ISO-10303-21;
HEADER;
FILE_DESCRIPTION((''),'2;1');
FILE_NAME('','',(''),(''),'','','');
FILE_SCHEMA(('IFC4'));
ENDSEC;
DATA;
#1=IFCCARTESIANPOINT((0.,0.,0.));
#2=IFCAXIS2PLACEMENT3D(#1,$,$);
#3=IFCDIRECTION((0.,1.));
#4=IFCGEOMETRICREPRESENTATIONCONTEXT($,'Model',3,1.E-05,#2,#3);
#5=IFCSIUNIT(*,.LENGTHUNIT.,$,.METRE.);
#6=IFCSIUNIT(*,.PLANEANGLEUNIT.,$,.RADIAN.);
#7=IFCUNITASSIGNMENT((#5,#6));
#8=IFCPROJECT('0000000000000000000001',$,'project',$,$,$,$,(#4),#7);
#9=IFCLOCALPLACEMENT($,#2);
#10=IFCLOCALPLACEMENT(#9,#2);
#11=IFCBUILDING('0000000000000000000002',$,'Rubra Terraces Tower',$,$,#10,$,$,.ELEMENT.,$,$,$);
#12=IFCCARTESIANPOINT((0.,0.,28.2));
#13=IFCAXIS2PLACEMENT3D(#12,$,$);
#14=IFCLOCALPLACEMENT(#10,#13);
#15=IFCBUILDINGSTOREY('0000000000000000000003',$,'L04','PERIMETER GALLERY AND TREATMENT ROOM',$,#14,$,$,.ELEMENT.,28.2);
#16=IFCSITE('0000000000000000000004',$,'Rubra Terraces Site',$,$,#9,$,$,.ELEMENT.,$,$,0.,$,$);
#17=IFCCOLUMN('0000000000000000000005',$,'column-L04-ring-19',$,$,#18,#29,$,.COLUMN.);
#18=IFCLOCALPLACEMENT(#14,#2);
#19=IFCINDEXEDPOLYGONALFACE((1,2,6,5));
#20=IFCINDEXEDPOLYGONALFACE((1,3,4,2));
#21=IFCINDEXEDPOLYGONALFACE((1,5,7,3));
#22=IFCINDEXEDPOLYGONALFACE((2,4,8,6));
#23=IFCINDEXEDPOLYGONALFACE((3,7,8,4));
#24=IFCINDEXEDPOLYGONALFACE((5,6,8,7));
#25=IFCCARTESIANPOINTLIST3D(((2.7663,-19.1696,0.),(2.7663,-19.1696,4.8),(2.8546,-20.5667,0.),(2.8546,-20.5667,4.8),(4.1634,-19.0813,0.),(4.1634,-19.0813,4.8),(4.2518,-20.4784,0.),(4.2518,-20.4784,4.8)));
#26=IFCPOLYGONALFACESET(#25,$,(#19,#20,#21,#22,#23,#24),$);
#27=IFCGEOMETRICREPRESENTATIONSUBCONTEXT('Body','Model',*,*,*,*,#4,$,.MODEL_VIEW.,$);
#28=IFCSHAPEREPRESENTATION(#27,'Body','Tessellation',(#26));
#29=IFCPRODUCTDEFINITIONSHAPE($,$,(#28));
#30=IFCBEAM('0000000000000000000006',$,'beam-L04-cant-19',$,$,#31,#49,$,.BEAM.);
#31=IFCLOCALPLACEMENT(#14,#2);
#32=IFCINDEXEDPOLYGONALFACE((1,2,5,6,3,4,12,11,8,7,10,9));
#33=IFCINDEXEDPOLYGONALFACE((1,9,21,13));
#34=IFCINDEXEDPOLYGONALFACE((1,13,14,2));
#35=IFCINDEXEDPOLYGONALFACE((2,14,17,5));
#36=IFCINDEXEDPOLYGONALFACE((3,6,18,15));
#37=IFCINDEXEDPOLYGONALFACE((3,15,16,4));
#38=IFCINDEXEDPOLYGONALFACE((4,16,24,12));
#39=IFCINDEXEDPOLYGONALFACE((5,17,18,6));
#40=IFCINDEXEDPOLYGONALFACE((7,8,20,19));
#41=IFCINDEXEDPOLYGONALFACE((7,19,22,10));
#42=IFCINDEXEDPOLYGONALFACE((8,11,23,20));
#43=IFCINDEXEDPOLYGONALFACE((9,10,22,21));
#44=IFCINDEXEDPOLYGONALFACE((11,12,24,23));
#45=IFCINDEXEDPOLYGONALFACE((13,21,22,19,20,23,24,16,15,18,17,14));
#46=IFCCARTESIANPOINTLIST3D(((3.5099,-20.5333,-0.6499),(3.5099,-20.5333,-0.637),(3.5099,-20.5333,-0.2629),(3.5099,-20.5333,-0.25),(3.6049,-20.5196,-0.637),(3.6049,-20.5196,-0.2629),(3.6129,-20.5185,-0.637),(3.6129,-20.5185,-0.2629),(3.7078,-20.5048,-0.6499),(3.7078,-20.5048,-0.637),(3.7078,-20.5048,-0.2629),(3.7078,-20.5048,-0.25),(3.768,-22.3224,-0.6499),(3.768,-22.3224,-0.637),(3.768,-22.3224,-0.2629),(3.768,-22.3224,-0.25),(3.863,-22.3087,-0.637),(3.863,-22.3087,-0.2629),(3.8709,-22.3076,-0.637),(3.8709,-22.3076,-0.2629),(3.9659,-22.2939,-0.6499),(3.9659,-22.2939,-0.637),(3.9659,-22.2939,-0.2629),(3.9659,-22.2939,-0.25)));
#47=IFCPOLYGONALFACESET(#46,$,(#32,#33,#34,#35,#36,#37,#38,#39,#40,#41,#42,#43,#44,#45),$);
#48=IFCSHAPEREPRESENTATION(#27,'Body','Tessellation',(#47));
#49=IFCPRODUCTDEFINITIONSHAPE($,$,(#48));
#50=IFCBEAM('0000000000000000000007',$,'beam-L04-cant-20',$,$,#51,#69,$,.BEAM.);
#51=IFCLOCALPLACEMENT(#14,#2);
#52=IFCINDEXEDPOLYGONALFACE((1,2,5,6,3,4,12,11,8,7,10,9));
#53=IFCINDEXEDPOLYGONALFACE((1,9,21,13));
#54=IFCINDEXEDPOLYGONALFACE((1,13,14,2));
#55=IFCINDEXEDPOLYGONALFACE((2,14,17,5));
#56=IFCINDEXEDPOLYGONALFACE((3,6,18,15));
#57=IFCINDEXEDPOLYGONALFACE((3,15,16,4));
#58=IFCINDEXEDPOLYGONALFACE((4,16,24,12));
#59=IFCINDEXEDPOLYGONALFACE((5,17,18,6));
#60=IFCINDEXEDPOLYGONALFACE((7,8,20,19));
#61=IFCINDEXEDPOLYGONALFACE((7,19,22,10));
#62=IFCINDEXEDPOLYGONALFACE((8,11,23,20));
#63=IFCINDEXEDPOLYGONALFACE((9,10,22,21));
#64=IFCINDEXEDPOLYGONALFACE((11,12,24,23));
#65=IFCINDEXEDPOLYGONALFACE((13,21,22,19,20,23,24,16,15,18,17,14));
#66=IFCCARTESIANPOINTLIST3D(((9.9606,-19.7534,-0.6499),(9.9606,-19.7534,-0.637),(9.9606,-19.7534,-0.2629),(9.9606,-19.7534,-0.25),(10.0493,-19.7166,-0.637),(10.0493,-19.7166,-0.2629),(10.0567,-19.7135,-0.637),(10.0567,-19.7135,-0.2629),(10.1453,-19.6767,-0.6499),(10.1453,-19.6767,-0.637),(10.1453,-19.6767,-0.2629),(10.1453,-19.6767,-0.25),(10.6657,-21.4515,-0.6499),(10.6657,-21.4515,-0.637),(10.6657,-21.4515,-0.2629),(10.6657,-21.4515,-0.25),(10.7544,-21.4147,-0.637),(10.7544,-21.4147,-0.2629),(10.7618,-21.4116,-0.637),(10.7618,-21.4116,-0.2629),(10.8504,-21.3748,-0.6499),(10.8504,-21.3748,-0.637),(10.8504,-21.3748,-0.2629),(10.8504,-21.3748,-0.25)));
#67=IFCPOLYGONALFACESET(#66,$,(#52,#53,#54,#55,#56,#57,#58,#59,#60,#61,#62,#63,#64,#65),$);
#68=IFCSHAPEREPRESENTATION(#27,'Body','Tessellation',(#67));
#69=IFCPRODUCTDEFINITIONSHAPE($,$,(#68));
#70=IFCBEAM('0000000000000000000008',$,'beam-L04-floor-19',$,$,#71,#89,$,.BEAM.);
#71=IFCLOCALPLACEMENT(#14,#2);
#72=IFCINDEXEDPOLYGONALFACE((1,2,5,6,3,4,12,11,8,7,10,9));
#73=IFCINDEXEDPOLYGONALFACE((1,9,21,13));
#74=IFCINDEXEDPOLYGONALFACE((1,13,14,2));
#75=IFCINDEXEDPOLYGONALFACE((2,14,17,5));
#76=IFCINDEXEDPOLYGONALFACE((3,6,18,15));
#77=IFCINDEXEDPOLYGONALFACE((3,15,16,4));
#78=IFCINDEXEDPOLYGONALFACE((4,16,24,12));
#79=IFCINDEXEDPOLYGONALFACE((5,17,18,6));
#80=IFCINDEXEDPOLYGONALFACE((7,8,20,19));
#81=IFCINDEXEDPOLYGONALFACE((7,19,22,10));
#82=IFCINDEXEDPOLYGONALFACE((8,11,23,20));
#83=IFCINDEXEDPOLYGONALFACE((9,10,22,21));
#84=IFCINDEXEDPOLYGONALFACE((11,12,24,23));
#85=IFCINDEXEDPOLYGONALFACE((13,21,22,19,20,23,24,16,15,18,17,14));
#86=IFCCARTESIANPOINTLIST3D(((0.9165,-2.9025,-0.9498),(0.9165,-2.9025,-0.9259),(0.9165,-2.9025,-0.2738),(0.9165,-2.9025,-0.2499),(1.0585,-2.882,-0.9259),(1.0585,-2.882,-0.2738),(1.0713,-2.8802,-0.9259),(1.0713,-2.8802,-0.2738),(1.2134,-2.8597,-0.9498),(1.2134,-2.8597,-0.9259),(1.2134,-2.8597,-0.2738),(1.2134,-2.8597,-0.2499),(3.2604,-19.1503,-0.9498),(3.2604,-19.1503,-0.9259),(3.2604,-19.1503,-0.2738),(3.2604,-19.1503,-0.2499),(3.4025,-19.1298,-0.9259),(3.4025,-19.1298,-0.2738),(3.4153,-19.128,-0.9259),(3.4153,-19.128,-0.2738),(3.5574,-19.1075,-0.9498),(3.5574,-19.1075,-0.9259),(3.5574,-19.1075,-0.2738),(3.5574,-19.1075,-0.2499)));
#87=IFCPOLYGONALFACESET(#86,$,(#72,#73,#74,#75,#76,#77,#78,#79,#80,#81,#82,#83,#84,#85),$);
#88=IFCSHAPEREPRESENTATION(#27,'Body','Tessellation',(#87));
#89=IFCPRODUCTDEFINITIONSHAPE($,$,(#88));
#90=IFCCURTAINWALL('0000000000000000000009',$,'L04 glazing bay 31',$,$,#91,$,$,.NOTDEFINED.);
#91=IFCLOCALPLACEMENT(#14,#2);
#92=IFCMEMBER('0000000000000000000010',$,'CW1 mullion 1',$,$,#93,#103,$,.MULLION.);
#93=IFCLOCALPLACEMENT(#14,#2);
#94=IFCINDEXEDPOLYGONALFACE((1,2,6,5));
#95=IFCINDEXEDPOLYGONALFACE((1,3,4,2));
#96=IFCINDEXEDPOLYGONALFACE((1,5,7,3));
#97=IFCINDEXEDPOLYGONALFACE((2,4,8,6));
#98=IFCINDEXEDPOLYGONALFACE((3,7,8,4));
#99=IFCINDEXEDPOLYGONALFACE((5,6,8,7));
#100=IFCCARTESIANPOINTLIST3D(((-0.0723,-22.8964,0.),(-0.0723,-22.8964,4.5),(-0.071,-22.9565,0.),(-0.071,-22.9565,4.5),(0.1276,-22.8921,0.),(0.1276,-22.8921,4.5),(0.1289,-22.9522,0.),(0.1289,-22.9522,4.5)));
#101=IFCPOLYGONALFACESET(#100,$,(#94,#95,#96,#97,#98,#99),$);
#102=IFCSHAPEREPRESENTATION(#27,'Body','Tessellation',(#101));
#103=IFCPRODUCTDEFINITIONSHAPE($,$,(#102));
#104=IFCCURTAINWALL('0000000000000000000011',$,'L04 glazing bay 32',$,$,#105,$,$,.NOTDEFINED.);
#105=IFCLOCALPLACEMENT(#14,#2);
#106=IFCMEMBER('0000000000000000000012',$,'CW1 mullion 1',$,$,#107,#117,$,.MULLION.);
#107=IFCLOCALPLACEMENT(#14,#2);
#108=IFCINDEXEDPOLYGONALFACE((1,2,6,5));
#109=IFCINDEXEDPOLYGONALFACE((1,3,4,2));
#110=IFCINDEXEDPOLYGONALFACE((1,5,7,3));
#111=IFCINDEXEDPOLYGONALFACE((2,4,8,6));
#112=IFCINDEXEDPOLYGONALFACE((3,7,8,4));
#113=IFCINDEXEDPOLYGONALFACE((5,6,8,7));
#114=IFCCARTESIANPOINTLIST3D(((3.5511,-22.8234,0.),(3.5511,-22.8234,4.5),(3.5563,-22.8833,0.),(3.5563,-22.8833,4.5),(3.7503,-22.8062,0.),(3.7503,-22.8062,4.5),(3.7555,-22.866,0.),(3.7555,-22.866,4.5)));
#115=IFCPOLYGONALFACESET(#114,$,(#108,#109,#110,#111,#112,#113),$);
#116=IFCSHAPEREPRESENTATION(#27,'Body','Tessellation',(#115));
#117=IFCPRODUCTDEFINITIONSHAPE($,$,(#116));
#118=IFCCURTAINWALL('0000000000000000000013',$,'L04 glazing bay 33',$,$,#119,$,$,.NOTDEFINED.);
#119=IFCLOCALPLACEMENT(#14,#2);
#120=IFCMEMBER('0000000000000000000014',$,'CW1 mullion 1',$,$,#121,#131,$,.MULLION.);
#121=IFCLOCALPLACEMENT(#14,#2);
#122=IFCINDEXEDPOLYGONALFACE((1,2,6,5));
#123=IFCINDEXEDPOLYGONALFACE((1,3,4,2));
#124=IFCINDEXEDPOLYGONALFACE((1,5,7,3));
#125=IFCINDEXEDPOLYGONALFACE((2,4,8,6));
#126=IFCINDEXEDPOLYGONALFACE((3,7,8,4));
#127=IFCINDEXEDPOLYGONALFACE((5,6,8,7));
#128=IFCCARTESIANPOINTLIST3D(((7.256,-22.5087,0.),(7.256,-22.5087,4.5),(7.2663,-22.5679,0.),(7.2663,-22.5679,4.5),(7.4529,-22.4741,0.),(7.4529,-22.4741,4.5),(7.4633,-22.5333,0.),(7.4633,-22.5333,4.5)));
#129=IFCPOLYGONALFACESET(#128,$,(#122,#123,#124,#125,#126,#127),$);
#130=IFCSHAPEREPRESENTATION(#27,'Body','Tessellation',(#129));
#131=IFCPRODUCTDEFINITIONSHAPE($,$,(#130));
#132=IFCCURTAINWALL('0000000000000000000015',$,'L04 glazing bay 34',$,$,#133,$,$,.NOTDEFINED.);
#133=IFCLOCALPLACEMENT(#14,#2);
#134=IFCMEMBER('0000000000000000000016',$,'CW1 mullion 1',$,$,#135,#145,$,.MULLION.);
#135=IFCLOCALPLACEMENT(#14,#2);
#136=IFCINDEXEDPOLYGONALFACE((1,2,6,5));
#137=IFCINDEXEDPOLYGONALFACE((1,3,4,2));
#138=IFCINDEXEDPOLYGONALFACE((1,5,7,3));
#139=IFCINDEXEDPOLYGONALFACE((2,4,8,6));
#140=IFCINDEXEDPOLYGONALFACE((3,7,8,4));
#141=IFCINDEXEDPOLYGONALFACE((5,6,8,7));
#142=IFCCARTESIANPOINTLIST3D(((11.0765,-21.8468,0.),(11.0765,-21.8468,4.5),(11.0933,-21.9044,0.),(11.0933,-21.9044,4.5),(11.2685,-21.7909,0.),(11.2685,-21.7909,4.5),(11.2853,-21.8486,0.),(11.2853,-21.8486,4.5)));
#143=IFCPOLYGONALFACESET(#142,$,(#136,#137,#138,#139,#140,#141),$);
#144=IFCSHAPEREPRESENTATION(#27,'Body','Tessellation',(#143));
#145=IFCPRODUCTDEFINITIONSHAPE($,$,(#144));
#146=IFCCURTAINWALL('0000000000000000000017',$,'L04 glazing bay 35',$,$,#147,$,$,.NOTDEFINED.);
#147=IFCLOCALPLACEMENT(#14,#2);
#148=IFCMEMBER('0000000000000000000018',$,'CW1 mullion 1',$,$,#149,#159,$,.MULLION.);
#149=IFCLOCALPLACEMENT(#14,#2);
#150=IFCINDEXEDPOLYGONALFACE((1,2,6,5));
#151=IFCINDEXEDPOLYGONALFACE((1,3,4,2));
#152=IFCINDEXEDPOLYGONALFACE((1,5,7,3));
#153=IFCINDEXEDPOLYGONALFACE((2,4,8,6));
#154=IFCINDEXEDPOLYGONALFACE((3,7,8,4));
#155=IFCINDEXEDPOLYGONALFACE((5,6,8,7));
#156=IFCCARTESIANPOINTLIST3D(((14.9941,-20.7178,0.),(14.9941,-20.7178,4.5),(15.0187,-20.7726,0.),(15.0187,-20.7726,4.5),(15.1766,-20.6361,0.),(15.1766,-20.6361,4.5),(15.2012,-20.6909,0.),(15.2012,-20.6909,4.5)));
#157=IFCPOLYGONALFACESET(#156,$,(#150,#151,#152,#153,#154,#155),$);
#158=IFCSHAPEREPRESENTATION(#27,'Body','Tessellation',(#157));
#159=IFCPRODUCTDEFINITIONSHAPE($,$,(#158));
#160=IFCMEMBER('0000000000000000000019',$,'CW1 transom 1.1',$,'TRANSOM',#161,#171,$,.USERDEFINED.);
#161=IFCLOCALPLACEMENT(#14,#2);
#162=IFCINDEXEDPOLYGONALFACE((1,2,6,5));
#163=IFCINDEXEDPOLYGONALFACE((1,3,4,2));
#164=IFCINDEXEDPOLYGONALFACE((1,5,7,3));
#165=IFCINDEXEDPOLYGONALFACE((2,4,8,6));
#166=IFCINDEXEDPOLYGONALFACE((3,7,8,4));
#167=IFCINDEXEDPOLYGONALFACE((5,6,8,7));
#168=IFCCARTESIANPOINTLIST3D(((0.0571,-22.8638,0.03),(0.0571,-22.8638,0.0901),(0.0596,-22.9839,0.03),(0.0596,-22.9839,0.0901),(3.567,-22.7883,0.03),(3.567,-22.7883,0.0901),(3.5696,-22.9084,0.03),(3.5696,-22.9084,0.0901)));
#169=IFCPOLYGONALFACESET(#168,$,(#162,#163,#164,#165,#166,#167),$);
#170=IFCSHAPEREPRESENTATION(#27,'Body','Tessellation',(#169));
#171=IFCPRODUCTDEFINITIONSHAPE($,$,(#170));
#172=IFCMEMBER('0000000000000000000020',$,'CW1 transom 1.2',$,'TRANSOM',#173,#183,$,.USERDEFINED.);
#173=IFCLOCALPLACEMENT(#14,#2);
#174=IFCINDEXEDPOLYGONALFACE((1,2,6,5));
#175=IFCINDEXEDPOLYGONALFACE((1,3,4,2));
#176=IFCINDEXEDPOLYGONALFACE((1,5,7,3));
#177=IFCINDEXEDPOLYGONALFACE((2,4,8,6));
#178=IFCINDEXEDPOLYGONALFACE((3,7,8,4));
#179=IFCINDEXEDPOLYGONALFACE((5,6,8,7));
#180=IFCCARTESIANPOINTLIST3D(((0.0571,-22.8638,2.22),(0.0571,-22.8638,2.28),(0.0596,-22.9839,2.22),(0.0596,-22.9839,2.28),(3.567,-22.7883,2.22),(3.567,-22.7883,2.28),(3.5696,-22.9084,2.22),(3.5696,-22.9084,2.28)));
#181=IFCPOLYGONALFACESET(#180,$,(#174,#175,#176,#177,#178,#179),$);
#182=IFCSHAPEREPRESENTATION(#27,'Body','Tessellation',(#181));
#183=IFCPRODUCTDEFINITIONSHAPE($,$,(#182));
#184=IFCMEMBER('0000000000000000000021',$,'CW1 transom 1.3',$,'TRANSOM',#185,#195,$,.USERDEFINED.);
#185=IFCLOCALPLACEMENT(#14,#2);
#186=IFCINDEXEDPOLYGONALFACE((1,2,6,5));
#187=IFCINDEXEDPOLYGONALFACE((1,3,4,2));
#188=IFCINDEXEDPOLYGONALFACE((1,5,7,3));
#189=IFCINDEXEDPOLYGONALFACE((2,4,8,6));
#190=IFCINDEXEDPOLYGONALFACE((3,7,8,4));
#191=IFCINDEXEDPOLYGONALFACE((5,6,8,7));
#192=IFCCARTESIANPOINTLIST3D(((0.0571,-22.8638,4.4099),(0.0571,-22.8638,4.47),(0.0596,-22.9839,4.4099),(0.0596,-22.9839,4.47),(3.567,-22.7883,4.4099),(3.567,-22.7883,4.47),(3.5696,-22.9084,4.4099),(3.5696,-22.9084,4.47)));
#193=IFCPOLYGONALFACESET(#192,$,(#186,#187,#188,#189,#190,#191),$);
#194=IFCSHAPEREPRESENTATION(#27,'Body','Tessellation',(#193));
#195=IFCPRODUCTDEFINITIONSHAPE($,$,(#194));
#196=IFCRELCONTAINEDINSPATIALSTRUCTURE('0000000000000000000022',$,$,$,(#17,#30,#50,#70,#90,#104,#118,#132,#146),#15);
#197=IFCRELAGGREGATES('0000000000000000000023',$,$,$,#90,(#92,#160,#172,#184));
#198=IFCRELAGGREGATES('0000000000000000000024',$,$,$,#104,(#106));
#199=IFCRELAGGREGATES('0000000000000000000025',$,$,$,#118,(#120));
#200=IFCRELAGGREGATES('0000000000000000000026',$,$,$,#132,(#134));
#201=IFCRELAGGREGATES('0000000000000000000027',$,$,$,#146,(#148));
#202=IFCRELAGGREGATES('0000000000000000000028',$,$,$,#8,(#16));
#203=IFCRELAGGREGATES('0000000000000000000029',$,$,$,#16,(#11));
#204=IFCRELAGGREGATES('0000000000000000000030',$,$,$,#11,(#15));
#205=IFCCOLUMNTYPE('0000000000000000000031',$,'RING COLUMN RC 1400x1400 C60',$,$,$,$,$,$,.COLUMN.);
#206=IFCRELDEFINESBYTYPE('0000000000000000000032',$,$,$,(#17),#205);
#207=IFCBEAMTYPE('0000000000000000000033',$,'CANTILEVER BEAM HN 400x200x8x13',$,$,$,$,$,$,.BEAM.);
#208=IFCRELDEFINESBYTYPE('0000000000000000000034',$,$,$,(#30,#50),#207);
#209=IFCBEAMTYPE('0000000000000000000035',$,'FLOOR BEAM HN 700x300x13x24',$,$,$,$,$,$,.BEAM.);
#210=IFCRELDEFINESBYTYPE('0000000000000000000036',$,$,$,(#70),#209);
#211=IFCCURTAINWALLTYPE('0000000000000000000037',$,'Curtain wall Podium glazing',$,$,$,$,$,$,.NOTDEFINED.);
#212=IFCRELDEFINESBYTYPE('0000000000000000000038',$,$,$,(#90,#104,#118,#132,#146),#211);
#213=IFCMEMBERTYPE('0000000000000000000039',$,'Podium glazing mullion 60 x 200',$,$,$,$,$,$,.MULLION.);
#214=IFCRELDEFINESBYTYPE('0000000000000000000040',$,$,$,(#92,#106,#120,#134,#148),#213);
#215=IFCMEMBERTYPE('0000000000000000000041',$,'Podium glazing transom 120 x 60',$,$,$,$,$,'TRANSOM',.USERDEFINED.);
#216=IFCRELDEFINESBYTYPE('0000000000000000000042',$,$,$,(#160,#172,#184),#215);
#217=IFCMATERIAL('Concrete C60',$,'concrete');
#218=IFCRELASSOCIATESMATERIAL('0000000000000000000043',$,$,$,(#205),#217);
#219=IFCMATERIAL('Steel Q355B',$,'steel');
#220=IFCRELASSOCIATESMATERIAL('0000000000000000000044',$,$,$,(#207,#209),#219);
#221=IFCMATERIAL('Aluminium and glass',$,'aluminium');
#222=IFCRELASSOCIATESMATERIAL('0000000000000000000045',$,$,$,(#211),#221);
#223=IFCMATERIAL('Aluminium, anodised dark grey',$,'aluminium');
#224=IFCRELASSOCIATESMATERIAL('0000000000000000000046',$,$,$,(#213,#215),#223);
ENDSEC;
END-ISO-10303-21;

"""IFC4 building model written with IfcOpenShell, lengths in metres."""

from ifc_helpers import new_model, si_unit, direction, frame, origin, origin_2d, place, context, subcontext, project, spatial, rectangle, i_section, extrude, material, material_profile, profile_set, type_object, element, aggregate, save


model = new_model("IFC4")

# Units and contexts
model_context = context("Model", 3, precision=1e-05, world=origin(), true_north=direction((0.0, 1.0)))
body_context = subcontext(model_context, "Body", "Model", "MODEL_VIEW")
ifc_project = project(units=[si_unit("LENGTHUNIT", "METRE"), si_unit("PLANEANGLEUNIT", "RADIAN")], contexts=[model_context])

# Site, building, storey
site_placement = place(None, origin())
site = spatial("IfcSite", under=ifc_project, at=site_placement, Name="Rubra Terraces Site", CompositionType="ELEMENT", RefElevation=0.0)
building_placement = place(site_placement, origin())
building = spatial("IfcBuilding", under=site, at=building_placement, Name="Rubra Terraces Tower", CompositionType="ELEMENT")
storey_placement = place(building_placement, frame((0.0, 0.0, 28.2)))
storey = spatial("IfcBuildingStorey", under=building, at=storey_placement, Name="L04", Description="PERIMETER GALLERY AND TREATMENT ROOM", CompositionType="ELEMENT", Elevation=28.2)

# Column
ifc_material_1 = material(Name="Concrete C60", Category="concrete")
ifc_material_profile_1 = material_profile(ifc_material_1, rectangle(XDim=1.3999, YDim=1.3999, at=origin_2d()), Name="RC 1400x1400")
ifc_profile_set_1 = profile_set([ifc_material_profile_1], Name="Concrete C60")
column_type = type_object("IfcColumnType", Name="RING COLUMN RC 1400x1400 C60", PredefinedType="COLUMN", material=ifc_profile_set_1)
column_placement = place(storey_placement, frame((3.509, -19.824, 0.0), z_axis=(0.0, 0.0, 1.0), x_axis=(0.998008, 0.063094, 0.0)))
element("IfcColumn", 1, at=column_placement, inside=storey, type_object=column_type, Name="column-L04-ring-19", PredefinedType="COLUMN", context=body_context, shape_type="SweptSolid", body=[
    extrude(rectangle(XDim=1.3999, YDim=1.3999, at=origin_2d()), origin(), (0.0, 0.0, 1.0), 4.8),
])

# Beams
ifc_material_2 = material(Name="Steel Q355B", Category="steel")
ifc_material_profile_2 = material_profile(ifc_material_2, i_section(OverallWidth=0.2, OverallDepth=0.3999, WebThickness=0.0081, FlangeThickness=0.0129, at=origin_2d()), Name="HN 400x200x8x13")
ifc_profile_set_2 = profile_set([ifc_material_profile_2], Name="Steel Q355B")
beam_type_1 = type_object("IfcBeamType", Name="CANTILEVER BEAM HN 400x200x8x13", PredefinedType="BEAM", material=ifc_profile_set_2)
beam_1_placement = place(storey_placement, frame((3.6089, -20.519, -0.45), z_axis=(0.142764, -0.989757, 0.0), x_axis=(0.989757, 0.142764, 0.0)))
element("IfcBeam", 2, at=beam_1_placement, inside=storey, type_object=beam_type_1, Name="beam-L04-cant-19", PredefinedType="BEAM", context=body_context, shape_type="SweptSolid", body=[
    extrude(i_section(OverallWidth=0.2, OverallDepth=0.3999, WebThickness=0.0081, FlangeThickness=0.0129, at=origin_2d()), origin(), (0.0, 0.0, 1.0), 1.8076),
])
beam_2_placement = place(storey_placement, frame((10.053, -19.7151, -0.45), z_axis=(0.383493, -0.923544, 0.0), x_axis=(0.923544, 0.383493, 0.0)))
element("IfcBeam", 3, at=beam_2_placement, inside=storey, type_object=beam_type_1, Name="beam-L04-cant-20", PredefinedType="BEAM", context=body_context, shape_type="SweptSolid", body=[
    extrude(i_section(OverallWidth=0.2, OverallDepth=0.3999, WebThickness=0.0081, FlangeThickness=0.0129, at=origin_2d()), origin(), (0.0, 0.0, 1.0), 1.8386),
])
ifc_material_profile_3 = material_profile(ifc_material_2, i_section(OverallWidth=0.3, OverallDepth=0.7, WebThickness=0.0129, FlangeThickness=0.0239, at=origin_2d()), Name="HN 700x300x13x24")
ifc_profile_set_3 = profile_set([ifc_material_profile_3], Name="Steel Q355B")
beam_type_2 = type_object("IfcBeamType", Name="FLOOR BEAM HN 700x300x13x24", PredefinedType="BEAM", material=ifc_profile_set_3)
beam_3_placement = place(storey_placement, frame((3.4089, -19.1289, -0.5999), z_axis=(-0.142787, 0.989753, 0.0), x_axis=(-0.989753, -0.142787, 0.0)))
element("IfcBeam", 4, at=beam_3_placement, inside=storey, type_object=beam_type_2, Name="beam-L04-floor-19", PredefinedType="BEAM", context=body_context, shape_type="SweptSolid", body=[
    extrude(i_section(OverallWidth=0.3, OverallDepth=0.7, WebThickness=0.0129, FlangeThickness=0.0239, at=origin_2d()), origin(), (0.0, 0.0, 1.0), 16.416),
])

# Curtain walls, members
ifc_material_3 = material(Name="Aluminium and glass", Category="aluminium")
curtain_wall_type = type_object("IfcCurtainWallType", Name="Curtain wall Podium glazing", PredefinedType="NOTDEFINED", material=ifc_material_3)
curtain_wall_1_placement = place(storey_placement, origin())
curtain_wall_1 = element("IfcCurtainWall", 5, at=curtain_wall_1_placement, inside=storey, type_object=curtain_wall_type, Name="L04 glazing bay 31", PredefinedType="NOTDEFINED")
ifc_material_4 = material(Name="Aluminium, anodised dark grey", Category="aluminium")
ifc_material_profile_4 = material_profile(ifc_material_4, rectangle(XDim=0.0601, YDim=0.2, at=origin_2d()), Name="AL 60x200")
ifc_profile_set_4 = profile_set([ifc_material_profile_4], Name="Aluminium, anodised dark grey")
member_type_1 = type_object("IfcMemberType", Name="Podium glazing mullion 60 x 200", PredefinedType="MULLION", material=ifc_profile_set_4)
member_1_placement = place(storey_placement, frame((0.0283, -22.9243, 0.0), z_axis=(0.0, 0.0, 1.0), x_axis=(-0.021483, 0.999769, 0.0)))
member_1 = element("IfcMember", 6, at=member_1_placement, type_object=member_type_1, Name="CW1 mullion 1", PredefinedType="MULLION", context=body_context, shape_type="SweptSolid", body=[
    extrude(rectangle(XDim=0.0601, YDim=0.2, at=origin_2d()), origin(), (0.0, 0.0, 1.0), 4.5),
])
curtain_wall_2_placement = place(storey_placement, origin())
curtain_wall_2 = element("IfcCurtainWall", 7, at=curtain_wall_2_placement, inside=storey, type_object=curtain_wall_type, Name="L04 glazing bay 32", PredefinedType="NOTDEFINED")
member_2_placement = place(storey_placement, frame((3.6533, -22.8447, 0.0), z_axis=(0.0, 0.0, 1.0), x_axis=(-0.086398, 0.996261, 0.0)))
member_2 = element("IfcMember", 8, at=member_2_placement, type_object=member_type_1, Name="CW1 mullion 1", PredefinedType="MULLION", context=body_context, shape_type="SweptSolid", body=[
    extrude(rectangle(XDim=0.0601, YDim=0.2, at=origin_2d()), origin(), (0.0, 0.0, 1.0), 4.5),
])
curtain_wall_3_placement = place(storey_placement, origin())
curtain_wall_3 = element("IfcCurtainWall", 9, at=curtain_wall_3_placement, inside=storey, type_object=curtain_wall_type, Name="L04 glazing bay 33", PredefinedType="NOTDEFINED")
member_3_placement = place(storey_placement, frame((7.3596, -22.521, 0.0), z_axis=(0.0, 0.0, 1.0), x_axis=(-0.172817, 0.984954, 0.0)))
member_3 = element("IfcMember", 10, at=member_3_placement, type_object=member_type_1, Name="CW1 mullion 1", PredefinedType="MULLION", context=body_context, shape_type="SweptSolid", body=[
    extrude(rectangle(XDim=0.0601, YDim=0.2, at=origin_2d()), origin(), (0.0, 0.0, 1.0), 4.5),
])
curtain_wall_4_placement = place(storey_placement, origin())
curtain_wall_4 = element("IfcCurtainWall", 11, at=curtain_wall_4_placement, inside=storey, type_object=curtain_wall_type, Name="L04 glazing bay 34", PredefinedType="NOTDEFINED")
member_4_placement = place(storey_placement, frame((11.1809, -21.8477, 0.0), z_axis=(0.0, 0.0, 1.0), x_axis=(-0.279399, 0.960175, 0.0)))
member_4 = element("IfcMember", 12, at=member_4_placement, type_object=member_type_1, Name="CW1 mullion 1", PredefinedType="MULLION", context=body_context, shape_type="SweptSolid", body=[
    extrude(rectangle(XDim=0.0601, YDim=0.2, at=origin_2d()), origin(), (0.0, 0.0, 1.0), 4.5),
])
curtain_wall_5_placement = place(storey_placement, origin())
curtain_wall_5 = element("IfcCurtainWall", 13, at=curtain_wall_5_placement, inside=storey, type_object=curtain_wall_type, Name="L04 glazing bay 35", PredefinedType="NOTDEFINED")
member_5_placement = place(storey_placement, frame((15.0977, -20.7043, 0.0), z_axis=(0.0, 0.0, 1.0), x_axis=(-0.408962, 0.912551, 0.0)))
member_5 = element("IfcMember", 14, at=member_5_placement, type_object=member_type_1, Name="CW1 mullion 1", PredefinedType="MULLION", context=body_context, shape_type="SweptSolid", body=[
    extrude(rectangle(XDim=0.0601, YDim=0.2, at=origin_2d()), origin(), (0.0, 0.0, 1.0), 4.5),
])

# Members
ifc_material_profile_5 = material_profile(ifc_material_4, rectangle(XDim=0.1201, YDim=0.0601, at=origin_2d()), Name="AL 120x60")
ifc_profile_set_5 = profile_set([ifc_material_profile_5], Name="Aluminium, anodised dark grey")
member_type_2 = type_object("IfcMemberType", Name="Podium glazing transom 120 x 60", ElementType="TRANSOM", PredefinedType="USERDEFINED", material=ifc_profile_set_5)
member_6_placement = place(storey_placement, frame((0.0583, -22.9238, 0.0601), z_axis=(0.999769, 0.021488, 0.0), x_axis=(-0.021488, 0.999769, 0.0)))
member_6 = element("IfcMember", 15, at=member_6_placement, type_object=member_type_2, Name="CW1 transom 1.1", ObjectType="TRANSOM", PredefinedType="USERDEFINED", context=body_context, shape_type="SweptSolid", body=[
    extrude(rectangle(XDim=0.1201, YDim=0.0601, at=origin_2d()), origin(), (0.0, 0.0, 1.0), 3.5107),
])
member_7_placement = place(storey_placement, frame((0.0583, -22.9238, 2.25), z_axis=(0.999769, 0.021488, 0.0), x_axis=(-0.021488, 0.999769, 0.0)))
member_7 = element("IfcMember", 16, at=member_7_placement, type_object=member_type_2, Name="CW1 transom 1.2", ObjectType="TRANSOM", PredefinedType="USERDEFINED", context=body_context, shape_type="SweptSolid", body=[
    extrude(rectangle(XDim=0.1201, YDim=0.0601, at=origin_2d()), origin(), (0.0, 0.0, 1.0), 3.5107),
])
member_8_placement = place(storey_placement, frame((0.0583, -22.9238, 4.4399), z_axis=(0.999769, 0.021488, 0.0), x_axis=(-0.021488, 0.999769, 0.0)))
member_8 = element("IfcMember", 17, at=member_8_placement, type_object=member_type_2, Name="CW1 transom 1.3", ObjectType="TRANSOM", PredefinedType="USERDEFINED", context=body_context, shape_type="SweptSolid", body=[
    extrude(rectangle(XDim=0.1201, YDim=0.0601, at=origin_2d()), origin(), (0.0, 0.0, 1.0), 3.5107),
])

aggregate(curtain_wall_1, [member_1, member_6, member_7, member_8])
aggregate(curtain_wall_2, [member_2])
aggregate(curtain_wall_3, [member_3])
aggregate(curtain_wall_4, [member_4])
aggregate(curtain_wall_5, [member_5])

save(model, "model.ifc")
